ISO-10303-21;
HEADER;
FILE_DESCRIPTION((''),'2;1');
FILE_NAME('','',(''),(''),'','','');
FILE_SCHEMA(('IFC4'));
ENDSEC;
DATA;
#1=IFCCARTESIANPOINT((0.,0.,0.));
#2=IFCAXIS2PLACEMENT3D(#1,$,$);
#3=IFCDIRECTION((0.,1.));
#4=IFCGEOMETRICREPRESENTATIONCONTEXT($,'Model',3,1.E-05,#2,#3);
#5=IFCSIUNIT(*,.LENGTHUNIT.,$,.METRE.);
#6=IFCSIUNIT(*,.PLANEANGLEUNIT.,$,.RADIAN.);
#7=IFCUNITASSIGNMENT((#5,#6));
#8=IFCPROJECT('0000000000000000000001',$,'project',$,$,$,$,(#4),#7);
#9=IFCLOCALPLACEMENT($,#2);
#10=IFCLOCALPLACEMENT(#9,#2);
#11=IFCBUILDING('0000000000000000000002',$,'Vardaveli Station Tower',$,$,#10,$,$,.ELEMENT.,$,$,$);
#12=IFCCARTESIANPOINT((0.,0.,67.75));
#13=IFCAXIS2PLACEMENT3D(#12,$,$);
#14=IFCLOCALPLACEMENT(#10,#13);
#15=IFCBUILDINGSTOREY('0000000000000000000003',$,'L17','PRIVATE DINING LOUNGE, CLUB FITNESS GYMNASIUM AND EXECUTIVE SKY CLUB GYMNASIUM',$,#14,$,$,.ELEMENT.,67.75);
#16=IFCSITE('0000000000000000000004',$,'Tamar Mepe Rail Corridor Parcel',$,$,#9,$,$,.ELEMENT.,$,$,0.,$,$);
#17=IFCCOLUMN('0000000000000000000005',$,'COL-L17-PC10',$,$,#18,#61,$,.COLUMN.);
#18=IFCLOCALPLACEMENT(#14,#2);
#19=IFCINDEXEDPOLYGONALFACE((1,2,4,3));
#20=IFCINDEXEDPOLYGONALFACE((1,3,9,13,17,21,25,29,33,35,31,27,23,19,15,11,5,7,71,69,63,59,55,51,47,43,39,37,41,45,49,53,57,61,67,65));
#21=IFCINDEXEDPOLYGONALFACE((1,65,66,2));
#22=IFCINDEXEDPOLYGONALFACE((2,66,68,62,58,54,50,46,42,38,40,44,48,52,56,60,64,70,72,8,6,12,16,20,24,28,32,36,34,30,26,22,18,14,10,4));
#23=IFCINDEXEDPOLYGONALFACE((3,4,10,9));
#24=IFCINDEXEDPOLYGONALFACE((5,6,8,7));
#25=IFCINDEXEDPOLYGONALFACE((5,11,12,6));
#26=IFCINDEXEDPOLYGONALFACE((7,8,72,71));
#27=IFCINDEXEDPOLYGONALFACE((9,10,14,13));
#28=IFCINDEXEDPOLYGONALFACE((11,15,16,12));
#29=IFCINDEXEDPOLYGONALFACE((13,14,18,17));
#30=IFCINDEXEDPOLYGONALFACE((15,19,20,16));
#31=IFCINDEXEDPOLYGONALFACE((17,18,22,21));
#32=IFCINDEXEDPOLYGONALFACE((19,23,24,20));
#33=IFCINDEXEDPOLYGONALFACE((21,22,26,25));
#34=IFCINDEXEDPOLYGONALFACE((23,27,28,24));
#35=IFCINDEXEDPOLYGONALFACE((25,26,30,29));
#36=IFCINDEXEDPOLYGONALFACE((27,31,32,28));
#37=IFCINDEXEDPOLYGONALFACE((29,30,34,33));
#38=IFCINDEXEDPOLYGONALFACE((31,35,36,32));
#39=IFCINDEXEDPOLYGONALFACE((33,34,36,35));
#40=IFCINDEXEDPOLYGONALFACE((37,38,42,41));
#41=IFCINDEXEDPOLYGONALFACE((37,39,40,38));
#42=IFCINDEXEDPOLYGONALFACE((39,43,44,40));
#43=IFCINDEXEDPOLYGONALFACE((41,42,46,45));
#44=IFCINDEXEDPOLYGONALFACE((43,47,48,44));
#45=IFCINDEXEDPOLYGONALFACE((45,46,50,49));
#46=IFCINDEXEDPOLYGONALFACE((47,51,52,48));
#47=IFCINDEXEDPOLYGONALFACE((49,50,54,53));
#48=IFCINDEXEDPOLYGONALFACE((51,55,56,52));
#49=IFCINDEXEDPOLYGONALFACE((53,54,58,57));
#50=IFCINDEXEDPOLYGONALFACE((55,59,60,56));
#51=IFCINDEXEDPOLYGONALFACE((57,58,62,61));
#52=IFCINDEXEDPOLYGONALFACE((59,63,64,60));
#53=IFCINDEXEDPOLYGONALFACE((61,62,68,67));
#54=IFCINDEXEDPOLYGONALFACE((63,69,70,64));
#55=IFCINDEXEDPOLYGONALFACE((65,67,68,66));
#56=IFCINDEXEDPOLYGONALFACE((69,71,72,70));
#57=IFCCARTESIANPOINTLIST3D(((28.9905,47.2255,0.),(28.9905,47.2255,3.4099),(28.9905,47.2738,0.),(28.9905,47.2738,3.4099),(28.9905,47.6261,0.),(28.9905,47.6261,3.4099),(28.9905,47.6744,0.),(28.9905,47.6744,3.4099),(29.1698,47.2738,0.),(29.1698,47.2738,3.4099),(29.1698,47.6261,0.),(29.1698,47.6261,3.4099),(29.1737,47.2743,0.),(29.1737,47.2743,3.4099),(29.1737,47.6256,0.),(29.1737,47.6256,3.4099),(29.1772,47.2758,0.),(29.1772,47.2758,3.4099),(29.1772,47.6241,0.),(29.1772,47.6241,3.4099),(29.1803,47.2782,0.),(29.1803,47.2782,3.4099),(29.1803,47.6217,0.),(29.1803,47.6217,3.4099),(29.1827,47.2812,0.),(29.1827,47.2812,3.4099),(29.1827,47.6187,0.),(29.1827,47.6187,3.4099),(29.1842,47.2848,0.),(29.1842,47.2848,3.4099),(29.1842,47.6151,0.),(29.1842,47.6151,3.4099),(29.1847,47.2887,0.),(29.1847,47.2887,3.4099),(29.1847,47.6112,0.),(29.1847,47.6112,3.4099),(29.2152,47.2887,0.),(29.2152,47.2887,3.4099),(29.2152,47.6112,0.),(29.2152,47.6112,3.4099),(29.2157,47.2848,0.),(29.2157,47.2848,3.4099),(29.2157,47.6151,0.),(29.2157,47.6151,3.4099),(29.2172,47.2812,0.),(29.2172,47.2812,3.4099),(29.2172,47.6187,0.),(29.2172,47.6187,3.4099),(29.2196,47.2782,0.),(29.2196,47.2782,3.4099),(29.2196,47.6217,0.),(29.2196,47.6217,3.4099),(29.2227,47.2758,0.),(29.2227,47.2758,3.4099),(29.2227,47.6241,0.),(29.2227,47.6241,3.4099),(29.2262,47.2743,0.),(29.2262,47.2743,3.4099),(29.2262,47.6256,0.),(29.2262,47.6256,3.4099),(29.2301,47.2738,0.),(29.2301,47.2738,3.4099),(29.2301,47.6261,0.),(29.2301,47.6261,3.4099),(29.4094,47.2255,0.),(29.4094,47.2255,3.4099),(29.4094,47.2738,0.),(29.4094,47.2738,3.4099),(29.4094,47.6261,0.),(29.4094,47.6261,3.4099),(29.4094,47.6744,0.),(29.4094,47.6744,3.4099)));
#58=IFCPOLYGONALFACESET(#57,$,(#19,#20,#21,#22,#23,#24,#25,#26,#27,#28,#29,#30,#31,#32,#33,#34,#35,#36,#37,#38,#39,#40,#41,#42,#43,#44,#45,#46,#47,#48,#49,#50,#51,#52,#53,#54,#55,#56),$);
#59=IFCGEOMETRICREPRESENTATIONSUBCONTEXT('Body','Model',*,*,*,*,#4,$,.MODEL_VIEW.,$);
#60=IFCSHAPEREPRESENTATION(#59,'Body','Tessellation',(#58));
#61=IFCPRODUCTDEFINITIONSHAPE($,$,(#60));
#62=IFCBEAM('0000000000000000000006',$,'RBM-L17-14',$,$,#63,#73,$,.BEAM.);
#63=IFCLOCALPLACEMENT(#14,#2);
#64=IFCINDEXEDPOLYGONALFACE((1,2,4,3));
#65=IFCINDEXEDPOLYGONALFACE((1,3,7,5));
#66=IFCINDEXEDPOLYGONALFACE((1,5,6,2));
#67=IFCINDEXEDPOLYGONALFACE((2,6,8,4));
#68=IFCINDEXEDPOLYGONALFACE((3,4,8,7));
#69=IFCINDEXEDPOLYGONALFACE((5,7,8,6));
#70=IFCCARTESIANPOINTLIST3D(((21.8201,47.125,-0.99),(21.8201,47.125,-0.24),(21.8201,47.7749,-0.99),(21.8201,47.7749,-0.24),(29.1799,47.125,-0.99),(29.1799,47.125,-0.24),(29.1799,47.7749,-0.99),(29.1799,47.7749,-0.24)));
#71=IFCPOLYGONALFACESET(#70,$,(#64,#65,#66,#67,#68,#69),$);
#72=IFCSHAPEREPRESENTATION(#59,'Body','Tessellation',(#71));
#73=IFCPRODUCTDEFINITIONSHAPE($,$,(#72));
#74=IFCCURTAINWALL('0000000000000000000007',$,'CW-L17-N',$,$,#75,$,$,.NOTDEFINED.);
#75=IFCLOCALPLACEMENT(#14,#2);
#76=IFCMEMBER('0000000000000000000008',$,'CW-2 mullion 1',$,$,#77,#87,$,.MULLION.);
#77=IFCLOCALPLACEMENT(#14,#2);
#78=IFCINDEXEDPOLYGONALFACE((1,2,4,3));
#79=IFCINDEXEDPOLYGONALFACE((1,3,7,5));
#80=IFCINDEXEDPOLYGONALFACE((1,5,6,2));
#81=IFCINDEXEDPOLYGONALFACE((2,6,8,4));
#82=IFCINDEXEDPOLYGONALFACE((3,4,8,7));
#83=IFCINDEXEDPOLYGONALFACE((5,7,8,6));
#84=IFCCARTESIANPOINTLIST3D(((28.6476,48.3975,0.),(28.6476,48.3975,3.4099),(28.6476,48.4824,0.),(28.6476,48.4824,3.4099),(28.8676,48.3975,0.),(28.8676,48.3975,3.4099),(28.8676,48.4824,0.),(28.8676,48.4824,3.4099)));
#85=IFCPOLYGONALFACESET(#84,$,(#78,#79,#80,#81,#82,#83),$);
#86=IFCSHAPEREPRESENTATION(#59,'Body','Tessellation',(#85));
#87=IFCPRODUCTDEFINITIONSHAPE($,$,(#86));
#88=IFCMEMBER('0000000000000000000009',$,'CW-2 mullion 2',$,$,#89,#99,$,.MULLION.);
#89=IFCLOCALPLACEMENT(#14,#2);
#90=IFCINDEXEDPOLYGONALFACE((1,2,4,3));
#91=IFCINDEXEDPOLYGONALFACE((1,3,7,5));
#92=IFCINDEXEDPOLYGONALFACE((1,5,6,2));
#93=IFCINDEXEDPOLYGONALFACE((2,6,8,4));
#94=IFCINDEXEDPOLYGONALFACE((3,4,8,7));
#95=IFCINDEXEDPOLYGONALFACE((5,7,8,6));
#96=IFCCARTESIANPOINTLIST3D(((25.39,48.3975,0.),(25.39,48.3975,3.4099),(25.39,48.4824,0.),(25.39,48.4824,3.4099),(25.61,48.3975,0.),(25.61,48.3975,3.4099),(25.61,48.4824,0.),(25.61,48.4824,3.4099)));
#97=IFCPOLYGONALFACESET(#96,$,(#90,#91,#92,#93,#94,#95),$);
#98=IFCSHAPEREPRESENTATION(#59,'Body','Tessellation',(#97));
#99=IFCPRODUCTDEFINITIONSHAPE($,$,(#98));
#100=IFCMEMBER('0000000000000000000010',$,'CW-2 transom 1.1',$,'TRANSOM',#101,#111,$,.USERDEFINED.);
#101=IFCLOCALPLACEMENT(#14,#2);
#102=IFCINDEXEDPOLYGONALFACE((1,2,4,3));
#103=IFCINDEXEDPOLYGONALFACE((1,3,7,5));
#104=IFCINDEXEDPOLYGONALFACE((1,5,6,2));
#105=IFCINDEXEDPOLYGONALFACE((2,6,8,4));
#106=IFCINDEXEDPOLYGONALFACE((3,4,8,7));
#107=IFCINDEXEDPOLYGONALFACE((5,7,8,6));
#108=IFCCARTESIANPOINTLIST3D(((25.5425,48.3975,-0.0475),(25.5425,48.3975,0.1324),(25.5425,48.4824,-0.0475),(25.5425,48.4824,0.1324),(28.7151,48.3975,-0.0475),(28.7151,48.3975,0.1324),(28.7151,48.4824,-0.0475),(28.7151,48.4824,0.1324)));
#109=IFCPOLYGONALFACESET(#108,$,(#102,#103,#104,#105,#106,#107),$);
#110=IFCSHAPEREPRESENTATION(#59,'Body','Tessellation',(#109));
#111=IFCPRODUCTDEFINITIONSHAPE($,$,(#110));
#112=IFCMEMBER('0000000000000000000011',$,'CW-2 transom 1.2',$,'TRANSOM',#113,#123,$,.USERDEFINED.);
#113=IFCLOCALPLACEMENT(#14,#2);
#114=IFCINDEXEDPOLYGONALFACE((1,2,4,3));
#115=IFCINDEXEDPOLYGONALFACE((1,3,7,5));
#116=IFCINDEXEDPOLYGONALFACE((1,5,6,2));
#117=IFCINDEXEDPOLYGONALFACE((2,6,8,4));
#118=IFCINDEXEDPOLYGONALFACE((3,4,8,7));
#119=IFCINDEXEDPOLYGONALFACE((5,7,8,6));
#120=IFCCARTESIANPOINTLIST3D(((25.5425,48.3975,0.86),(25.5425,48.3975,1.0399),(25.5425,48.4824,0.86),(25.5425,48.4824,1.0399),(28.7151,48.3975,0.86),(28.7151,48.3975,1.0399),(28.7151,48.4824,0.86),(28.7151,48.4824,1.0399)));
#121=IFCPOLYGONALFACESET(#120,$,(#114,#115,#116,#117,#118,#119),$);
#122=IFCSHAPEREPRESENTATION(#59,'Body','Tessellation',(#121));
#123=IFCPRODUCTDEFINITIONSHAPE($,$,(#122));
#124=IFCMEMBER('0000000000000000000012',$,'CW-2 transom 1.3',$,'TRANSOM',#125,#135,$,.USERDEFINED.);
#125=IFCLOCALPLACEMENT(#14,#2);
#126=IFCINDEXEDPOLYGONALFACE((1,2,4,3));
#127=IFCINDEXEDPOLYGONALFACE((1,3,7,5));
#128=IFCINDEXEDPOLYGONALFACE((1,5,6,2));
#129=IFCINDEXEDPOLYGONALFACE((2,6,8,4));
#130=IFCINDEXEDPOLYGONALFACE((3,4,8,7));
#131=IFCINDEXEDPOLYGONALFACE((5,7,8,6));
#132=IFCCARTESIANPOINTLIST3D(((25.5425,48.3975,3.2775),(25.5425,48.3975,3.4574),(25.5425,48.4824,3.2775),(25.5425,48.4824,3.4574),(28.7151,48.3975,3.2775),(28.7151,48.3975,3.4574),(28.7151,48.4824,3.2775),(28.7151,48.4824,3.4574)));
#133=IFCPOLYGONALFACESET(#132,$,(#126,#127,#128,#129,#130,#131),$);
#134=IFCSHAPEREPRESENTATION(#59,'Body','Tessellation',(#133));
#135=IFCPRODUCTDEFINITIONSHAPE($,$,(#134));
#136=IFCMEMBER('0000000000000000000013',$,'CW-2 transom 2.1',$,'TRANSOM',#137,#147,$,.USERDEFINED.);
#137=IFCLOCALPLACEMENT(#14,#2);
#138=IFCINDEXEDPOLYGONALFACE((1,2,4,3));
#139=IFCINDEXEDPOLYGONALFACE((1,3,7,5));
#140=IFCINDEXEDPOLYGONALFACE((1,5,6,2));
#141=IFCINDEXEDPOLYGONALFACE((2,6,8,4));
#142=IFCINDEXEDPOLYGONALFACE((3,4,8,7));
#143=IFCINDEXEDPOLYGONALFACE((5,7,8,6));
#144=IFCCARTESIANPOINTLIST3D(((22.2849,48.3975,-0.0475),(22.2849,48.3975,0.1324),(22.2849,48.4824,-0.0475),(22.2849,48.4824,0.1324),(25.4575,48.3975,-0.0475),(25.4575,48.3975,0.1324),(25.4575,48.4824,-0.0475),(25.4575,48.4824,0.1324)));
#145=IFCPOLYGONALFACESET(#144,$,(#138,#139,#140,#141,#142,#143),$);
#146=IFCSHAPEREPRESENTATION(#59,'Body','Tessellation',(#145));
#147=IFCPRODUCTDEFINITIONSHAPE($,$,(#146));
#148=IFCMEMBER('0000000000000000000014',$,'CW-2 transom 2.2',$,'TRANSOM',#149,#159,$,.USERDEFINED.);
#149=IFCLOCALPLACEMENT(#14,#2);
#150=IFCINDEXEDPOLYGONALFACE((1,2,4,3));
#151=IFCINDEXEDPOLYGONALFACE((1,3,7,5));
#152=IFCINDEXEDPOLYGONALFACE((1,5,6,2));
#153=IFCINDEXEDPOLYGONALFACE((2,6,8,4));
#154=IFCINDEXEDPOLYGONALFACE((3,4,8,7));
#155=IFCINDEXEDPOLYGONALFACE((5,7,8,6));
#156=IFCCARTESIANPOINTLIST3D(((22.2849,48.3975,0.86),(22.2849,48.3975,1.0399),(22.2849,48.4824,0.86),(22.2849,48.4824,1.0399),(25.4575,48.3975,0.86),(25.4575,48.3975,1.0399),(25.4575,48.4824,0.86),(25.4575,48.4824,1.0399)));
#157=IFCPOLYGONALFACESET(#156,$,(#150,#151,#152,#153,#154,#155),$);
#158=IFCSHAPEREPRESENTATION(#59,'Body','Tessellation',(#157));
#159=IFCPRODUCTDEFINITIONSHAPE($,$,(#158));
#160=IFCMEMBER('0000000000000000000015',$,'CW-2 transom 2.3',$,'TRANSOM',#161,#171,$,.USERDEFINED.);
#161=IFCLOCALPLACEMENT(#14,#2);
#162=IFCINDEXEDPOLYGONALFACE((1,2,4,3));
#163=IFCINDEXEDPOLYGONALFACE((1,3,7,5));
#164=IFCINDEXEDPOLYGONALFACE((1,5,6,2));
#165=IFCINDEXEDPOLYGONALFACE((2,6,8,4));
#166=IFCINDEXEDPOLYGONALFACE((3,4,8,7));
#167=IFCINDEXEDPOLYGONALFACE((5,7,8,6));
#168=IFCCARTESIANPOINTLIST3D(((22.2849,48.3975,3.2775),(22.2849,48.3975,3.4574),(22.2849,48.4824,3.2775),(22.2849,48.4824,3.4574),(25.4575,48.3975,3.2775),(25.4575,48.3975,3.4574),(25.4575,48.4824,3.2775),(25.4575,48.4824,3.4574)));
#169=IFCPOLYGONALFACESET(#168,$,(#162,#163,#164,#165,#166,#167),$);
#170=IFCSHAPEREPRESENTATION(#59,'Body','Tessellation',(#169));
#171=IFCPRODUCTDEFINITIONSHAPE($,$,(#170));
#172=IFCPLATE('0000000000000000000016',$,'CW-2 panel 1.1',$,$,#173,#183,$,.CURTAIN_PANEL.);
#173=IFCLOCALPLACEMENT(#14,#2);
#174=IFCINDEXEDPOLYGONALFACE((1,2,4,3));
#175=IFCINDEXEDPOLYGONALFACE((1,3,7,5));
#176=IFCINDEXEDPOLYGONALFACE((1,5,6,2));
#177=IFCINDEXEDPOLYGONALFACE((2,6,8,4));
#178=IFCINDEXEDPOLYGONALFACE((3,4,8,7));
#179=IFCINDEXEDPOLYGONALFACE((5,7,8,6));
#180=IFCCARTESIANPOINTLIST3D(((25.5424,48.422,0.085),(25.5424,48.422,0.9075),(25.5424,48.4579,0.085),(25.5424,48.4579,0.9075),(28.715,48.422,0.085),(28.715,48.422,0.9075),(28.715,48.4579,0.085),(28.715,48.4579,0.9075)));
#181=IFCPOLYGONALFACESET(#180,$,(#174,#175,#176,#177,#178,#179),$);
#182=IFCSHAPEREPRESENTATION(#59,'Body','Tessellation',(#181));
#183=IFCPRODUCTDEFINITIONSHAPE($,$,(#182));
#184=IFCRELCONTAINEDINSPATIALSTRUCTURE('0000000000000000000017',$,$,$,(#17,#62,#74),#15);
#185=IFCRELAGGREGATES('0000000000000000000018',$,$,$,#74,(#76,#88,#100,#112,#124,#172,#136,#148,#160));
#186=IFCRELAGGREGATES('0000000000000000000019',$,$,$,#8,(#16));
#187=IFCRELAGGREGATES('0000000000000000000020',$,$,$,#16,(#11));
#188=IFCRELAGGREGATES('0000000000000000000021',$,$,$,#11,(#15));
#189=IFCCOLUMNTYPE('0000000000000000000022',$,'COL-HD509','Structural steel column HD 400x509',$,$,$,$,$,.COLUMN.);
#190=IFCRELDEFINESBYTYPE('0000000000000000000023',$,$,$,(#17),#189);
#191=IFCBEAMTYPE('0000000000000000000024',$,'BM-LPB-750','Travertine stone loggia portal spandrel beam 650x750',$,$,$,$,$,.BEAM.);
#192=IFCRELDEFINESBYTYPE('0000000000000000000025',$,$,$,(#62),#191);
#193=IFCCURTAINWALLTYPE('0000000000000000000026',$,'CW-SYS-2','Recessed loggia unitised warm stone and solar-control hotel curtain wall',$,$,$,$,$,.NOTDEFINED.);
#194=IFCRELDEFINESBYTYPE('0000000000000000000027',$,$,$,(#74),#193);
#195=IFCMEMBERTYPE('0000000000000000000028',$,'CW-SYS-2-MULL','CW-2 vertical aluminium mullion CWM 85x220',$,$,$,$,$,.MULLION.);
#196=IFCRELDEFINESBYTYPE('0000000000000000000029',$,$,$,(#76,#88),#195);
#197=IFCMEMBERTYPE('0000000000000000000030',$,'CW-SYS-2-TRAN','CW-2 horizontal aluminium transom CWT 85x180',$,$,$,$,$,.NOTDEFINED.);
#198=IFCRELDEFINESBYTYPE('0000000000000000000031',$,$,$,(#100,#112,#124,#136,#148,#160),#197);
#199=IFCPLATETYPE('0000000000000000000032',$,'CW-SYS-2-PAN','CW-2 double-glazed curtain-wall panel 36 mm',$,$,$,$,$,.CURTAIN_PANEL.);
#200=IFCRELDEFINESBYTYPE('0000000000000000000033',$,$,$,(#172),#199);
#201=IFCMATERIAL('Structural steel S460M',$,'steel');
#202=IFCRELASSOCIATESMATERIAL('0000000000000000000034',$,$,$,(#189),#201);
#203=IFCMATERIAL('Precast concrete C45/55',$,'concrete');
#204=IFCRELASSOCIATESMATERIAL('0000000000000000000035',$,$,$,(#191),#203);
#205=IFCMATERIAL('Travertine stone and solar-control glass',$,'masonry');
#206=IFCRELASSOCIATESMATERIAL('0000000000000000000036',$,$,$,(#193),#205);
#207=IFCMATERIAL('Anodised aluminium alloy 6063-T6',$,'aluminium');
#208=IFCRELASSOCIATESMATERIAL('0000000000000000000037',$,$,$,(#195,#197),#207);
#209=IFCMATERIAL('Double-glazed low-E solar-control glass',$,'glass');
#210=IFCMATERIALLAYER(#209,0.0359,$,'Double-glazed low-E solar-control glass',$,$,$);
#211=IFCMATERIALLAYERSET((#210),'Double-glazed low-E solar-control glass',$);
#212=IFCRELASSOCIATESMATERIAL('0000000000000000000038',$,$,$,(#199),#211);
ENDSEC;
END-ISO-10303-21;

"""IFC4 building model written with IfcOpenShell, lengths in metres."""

from ifc_helpers import new_model, si_unit, direction, frame, origin, origin_2d, place, context, subcontext, project, spatial, rectangle, i_section, extrude, source, transform, mapped, material, layer, layer_set, material_profile, profile_set, type_object, element, aggregate, save


model = new_model("IFC4")

# Units and contexts
model_context = context("Model", 3, precision=1e-05, world=origin(), true_north=direction((0.0, 1.0)))
body_context = subcontext(model_context, "Body", "Model", "MODEL_VIEW")
ifc_project = project(units=[si_unit("LENGTHUNIT", "METRE"), si_unit("PLANEANGLEUNIT", "RADIAN")], contexts=[model_context])

# Site, building, storey
site_placement = place(None, origin())
site = spatial("IfcSite", under=ifc_project, at=site_placement, Name="Tamar Mepe Rail Corridor Parcel", CompositionType="ELEMENT", RefElevation=0.0)
building_placement = place(site_placement, origin())
building = spatial("IfcBuilding", under=site, at=building_placement, Name="Vardaveli Station Tower", CompositionType="ELEMENT")
storey_placement = place(building_placement, frame((0.0, 0.0, 67.75)))
storey = spatial("IfcBuildingStorey", under=building, at=storey_placement, Name="L17", Description="PRIVATE DINING LOUNGE, CLUB FITNESS GYMNASIUM AND EXECUTIVE SKY CLUB GYMNASIUM", CompositionType="ELEMENT", Elevation=67.75)

# Column
ifc_material_1 = material(Name="Structural steel S460M", Category="steel")
ifc_material_profile_1 = material_profile(ifc_material_1, i_section(OverallWidth=0.4189, OverallDepth=0.449, WebThickness=0.0305, FlangeThickness=0.0483, FilletRadius=0.0149, at=origin_2d()), Name="HD 400x509")
ifc_profile_set_1 = profile_set([ifc_material_profile_1], Name="Structural steel S460M")
column_type = type_object("IfcColumnType", Name="COL-HD509", Description="Structural steel column HD 400x509", PredefinedType="COLUMN", material=ifc_profile_set_1)
shared_shape_1 = source(origin(), body_context, "Body", "SweptSolid", [
    extrude(i_section(OverallWidth=0.4189, OverallDepth=0.449, WebThickness=0.0305, FlangeThickness=0.0483, FilletRadius=0.0149, at=origin_2d()), origin(), (0.0, 0.0, 1.0), 3.4099),
])
column_placement = place(storey_placement, frame((29.2, 47.45, 0.0), z_axis=(0.0, 0.0, 1.0), x_axis=(1.0, 0.0, 0.0)))
element("IfcColumn", 1, at=column_placement, inside=storey, type_object=column_type, Name="COL-L17-PC10", PredefinedType="COLUMN", context=body_context, shape_type="MappedRepresentation", body=[
    mapped(shared_shape_1, transform((0.0, 0.0, 0.0), scale=1.0)),
])

# Beam
ifc_material_2 = material(Name="Precast concrete C45/55", Category="concrete")
ifc_material_profile_2 = material_profile(ifc_material_2, rectangle(XDim=0.6499, YDim=0.75, at=origin_2d()), Name="LPB 650x750")
ifc_profile_set_2 = profile_set([ifc_material_profile_2], Name="Precast concrete C45/55")
beam_type = type_object("IfcBeamType", Name="BM-LPB-750", Description="Travertine stone loggia portal spandrel beam 650x750", PredefinedType="BEAM", material=ifc_profile_set_2)
shared_shape_2 = source(origin(), body_context, "Body", "SweptSolid", [
    extrude(rectangle(XDim=0.6499, YDim=0.75, at=origin_2d()), origin(), (0.0, 0.0, 1.0), 7.3599),
])
beam_placement = place(storey_placement, frame((29.1799, 47.45, -0.615), z_axis=(-1.0, 0.0, 0.0), x_axis=(0.0, -1.0, 0.0)))
element("IfcBeam", 2, at=beam_placement, inside=storey, type_object=beam_type, Name="RBM-L17-14", PredefinedType="BEAM", context=body_context, shape_type="MappedRepresentation", body=[
    mapped(shared_shape_2, transform((0.0, 0.0, 0.0), scale=1.0)),
])

# Curtain wall, members, plate
ifc_material_3 = material(Name="Travertine stone and solar-control glass", Category="masonry")
curtain_wall_type = type_object("IfcCurtainWallType", Name="CW-SYS-2", Description="Recessed loggia unitised warm stone and solar-control hotel curtain wall", PredefinedType="NOTDEFINED", material=ifc_material_3)
curtain_wall_placement = place(storey_placement, origin())
curtain_wall = element("IfcCurtainWall", 3, at=curtain_wall_placement, inside=storey, type_object=curtain_wall_type, Name="CW-L17-N", PredefinedType="NOTDEFINED")
ifc_material_4 = material(Name="Anodised aluminium alloy 6063-T6", Category="aluminium")
ifc_material_profile_3 = material_profile(ifc_material_4, rectangle(XDim=0.085, YDim=0.22, at=origin_2d()), Name="CWM 85x220")
ifc_profile_set_3 = profile_set([ifc_material_profile_3], Name="Anodised aluminium alloy 6063-T6")
member_type_1 = type_object("IfcMemberType", Name="CW-SYS-2-MULL", Description="CW-2 vertical aluminium mullion CWM 85x220", PredefinedType="MULLION", material=ifc_profile_set_3)
shared_shape_3 = source(origin(), body_context, "Body", "SweptSolid", [
    extrude(rectangle(XDim=0.085, YDim=0.22, at=origin_2d()), origin(), (0.0, 0.0, 1.0), 3.4099),
])
member_1_placement = place(storey_placement, frame((28.7576, 48.4399, 0.0), z_axis=(0.0, 0.0, 1.0), x_axis=(0.0, -1.0, 0.0)))
member_1 = element("IfcMember", 4, at=member_1_placement, type_object=member_type_1, Name="CW-2 mullion 1", PredefinedType="MULLION", context=body_context, shape_type="MappedRepresentation", body=[
    mapped(shared_shape_3, transform((0.0, 0.0, 0.0), scale=1.0)),
])
member_2_placement = place(storey_placement, frame((25.5, 48.4399, 0.0), z_axis=(0.0, 0.0, 1.0), x_axis=(0.0, -1.0, 0.0)))
member_2 = element("IfcMember", 5, at=member_2_placement, type_object=member_type_1, Name="CW-2 mullion 2", PredefinedType="MULLION", context=body_context, shape_type="MappedRepresentation", body=[
    mapped(shared_shape_3, transform((0.0, 0.0, 0.0), scale=1.0)),
])
ifc_material_profile_4 = material_profile(ifc_material_4, rectangle(XDim=0.085, YDim=0.1799, at=origin_2d()), Name="CWT 85x180")
ifc_profile_set_4 = profile_set([ifc_material_profile_4], Name="Anodised aluminium alloy 6063-T6")
member_type_2 = type_object("IfcMemberType", Name="CW-SYS-2-TRAN", Description="CW-2 horizontal aluminium transom CWT 85x180", PredefinedType="NOTDEFINED", material=ifc_profile_set_4)
shared_shape_4 = source(origin(), body_context, "Body", "SweptSolid", [
    extrude(rectangle(XDim=0.085, YDim=0.1799, at=origin_2d()), origin(), (0.0, 0.0, 1.0), 3.1726),
])
member_3_placement = place(storey_placement, frame((28.7151, 48.4399, 0.0425), z_axis=(-1.0, 0.0, 0.0), x_axis=(0.0, -1.0, 0.0)))
member_3 = element("IfcMember", 6, at=member_3_placement, type_object=member_type_2, Name="CW-2 transom 1.1", ObjectType="TRANSOM", PredefinedType="USERDEFINED", context=body_context, shape_type="MappedRepresentation", body=[
    mapped(shared_shape_4, transform((0.0, 0.0, 0.0), scale=1.0)),
])
member_4_placement = place(storey_placement, frame((28.7151, 48.4399, 0.95), z_axis=(-1.0, 0.0, 0.0), x_axis=(0.0, -1.0, 0.0)))
member_4 = element("IfcMember", 7, at=member_4_placement, type_object=member_type_2, Name="CW-2 transom 1.2", ObjectType="TRANSOM", PredefinedType="USERDEFINED", context=body_context, shape_type="MappedRepresentation", body=[
    mapped(shared_shape_4, transform((0.0, 0.0, 0.0), scale=1.0)),
])
member_5_placement = place(storey_placement, frame((28.7151, 48.4399, 3.3674), z_axis=(-1.0, 0.0, 0.0), x_axis=(0.0, -1.0, 0.0)))
member_5 = element("IfcMember", 8, at=member_5_placement, type_object=member_type_2, Name="CW-2 transom 1.3", ObjectType="TRANSOM", PredefinedType="USERDEFINED", context=body_context, shape_type="MappedRepresentation", body=[
    mapped(shared_shape_4, transform((0.0, 0.0, 0.0), scale=1.0)),
])
member_6_placement = place(storey_placement, frame((25.4575, 48.4399, 0.0425), z_axis=(-1.0, 0.0, 0.0), x_axis=(0.0, -1.0, 0.0)))
member_6 = element("IfcMember", 9, at=member_6_placement, type_object=member_type_2, Name="CW-2 transom 2.1", ObjectType="TRANSOM", PredefinedType="USERDEFINED", context=body_context, shape_type="MappedRepresentation", body=[
    mapped(shared_shape_4, transform((0.0, 0.0, 0.0), scale=1.0)),
])
member_7_placement = place(storey_placement, frame((25.4575, 48.4399, 0.95), z_axis=(-1.0, 0.0, 0.0), x_axis=(0.0, -1.0, 0.0)))
member_7 = element("IfcMember", 10, at=member_7_placement, type_object=member_type_2, Name="CW-2 transom 2.2", ObjectType="TRANSOM", PredefinedType="USERDEFINED", context=body_context, shape_type="MappedRepresentation", body=[
    mapped(shared_shape_4, transform((0.0, 0.0, 0.0), scale=1.0)),
])
member_8_placement = place(storey_placement, frame((25.4575, 48.4399, 3.3674), z_axis=(-1.0, 0.0, 0.0), x_axis=(0.0, -1.0, 0.0)))
member_8 = element("IfcMember", 11, at=member_8_placement, type_object=member_type_2, Name="CW-2 transom 2.3", ObjectType="TRANSOM", PredefinedType="USERDEFINED", context=body_context, shape_type="MappedRepresentation", body=[
    mapped(shared_shape_4, transform((0.0, 0.0, 0.0), scale=1.0)),
])
ifc_material_5 = material(Name="Double-glazed low-E solar-control glass", Category="glass")
ifc_layer_1 = layer(ifc_material_5, 0.0359, Name="Double-glazed low-E solar-control glass")
ifc_layer_set_1 = layer_set([ifc_layer_1], Name="Double-glazed low-E solar-control glass")
plate_type = type_object("IfcPlateType", Name="CW-SYS-2-PAN", Description="CW-2 double-glazed curtain-wall panel 36 mm", PredefinedType="CURTAIN_PANEL", material=ifc_layer_set_1)
shared_shape_5 = source(origin(), body_context, "Body", "SweptSolid", [
    extrude(rectangle(XDim=3.1726, YDim=0.0359, at=origin_2d()), origin(), (0.0, 0.0, 1.0), 0.8225),
])
plate_1_placement = place(storey_placement, frame((27.1287, 48.4399, 0.085), z_axis=(0.0, 0.0, 1.0), x_axis=(-1.0, 0.0, 0.0)))
plate_1 = element("IfcPlate", 12, at=plate_1_placement, type_object=plate_type, Name="CW-2 panel 1.1", PredefinedType="CURTAIN_PANEL", context=body_context, shape_type="MappedRepresentation", body=[
    mapped(shared_shape_5, transform((0.0, 0.0, 0.0), scale=1.0)),
])
aggregate(curtain_wall, [member_1, member_2, member_3, member_4, member_5, plate_1, member_6, member_7, member_8])

save(model, "model.ifc")
